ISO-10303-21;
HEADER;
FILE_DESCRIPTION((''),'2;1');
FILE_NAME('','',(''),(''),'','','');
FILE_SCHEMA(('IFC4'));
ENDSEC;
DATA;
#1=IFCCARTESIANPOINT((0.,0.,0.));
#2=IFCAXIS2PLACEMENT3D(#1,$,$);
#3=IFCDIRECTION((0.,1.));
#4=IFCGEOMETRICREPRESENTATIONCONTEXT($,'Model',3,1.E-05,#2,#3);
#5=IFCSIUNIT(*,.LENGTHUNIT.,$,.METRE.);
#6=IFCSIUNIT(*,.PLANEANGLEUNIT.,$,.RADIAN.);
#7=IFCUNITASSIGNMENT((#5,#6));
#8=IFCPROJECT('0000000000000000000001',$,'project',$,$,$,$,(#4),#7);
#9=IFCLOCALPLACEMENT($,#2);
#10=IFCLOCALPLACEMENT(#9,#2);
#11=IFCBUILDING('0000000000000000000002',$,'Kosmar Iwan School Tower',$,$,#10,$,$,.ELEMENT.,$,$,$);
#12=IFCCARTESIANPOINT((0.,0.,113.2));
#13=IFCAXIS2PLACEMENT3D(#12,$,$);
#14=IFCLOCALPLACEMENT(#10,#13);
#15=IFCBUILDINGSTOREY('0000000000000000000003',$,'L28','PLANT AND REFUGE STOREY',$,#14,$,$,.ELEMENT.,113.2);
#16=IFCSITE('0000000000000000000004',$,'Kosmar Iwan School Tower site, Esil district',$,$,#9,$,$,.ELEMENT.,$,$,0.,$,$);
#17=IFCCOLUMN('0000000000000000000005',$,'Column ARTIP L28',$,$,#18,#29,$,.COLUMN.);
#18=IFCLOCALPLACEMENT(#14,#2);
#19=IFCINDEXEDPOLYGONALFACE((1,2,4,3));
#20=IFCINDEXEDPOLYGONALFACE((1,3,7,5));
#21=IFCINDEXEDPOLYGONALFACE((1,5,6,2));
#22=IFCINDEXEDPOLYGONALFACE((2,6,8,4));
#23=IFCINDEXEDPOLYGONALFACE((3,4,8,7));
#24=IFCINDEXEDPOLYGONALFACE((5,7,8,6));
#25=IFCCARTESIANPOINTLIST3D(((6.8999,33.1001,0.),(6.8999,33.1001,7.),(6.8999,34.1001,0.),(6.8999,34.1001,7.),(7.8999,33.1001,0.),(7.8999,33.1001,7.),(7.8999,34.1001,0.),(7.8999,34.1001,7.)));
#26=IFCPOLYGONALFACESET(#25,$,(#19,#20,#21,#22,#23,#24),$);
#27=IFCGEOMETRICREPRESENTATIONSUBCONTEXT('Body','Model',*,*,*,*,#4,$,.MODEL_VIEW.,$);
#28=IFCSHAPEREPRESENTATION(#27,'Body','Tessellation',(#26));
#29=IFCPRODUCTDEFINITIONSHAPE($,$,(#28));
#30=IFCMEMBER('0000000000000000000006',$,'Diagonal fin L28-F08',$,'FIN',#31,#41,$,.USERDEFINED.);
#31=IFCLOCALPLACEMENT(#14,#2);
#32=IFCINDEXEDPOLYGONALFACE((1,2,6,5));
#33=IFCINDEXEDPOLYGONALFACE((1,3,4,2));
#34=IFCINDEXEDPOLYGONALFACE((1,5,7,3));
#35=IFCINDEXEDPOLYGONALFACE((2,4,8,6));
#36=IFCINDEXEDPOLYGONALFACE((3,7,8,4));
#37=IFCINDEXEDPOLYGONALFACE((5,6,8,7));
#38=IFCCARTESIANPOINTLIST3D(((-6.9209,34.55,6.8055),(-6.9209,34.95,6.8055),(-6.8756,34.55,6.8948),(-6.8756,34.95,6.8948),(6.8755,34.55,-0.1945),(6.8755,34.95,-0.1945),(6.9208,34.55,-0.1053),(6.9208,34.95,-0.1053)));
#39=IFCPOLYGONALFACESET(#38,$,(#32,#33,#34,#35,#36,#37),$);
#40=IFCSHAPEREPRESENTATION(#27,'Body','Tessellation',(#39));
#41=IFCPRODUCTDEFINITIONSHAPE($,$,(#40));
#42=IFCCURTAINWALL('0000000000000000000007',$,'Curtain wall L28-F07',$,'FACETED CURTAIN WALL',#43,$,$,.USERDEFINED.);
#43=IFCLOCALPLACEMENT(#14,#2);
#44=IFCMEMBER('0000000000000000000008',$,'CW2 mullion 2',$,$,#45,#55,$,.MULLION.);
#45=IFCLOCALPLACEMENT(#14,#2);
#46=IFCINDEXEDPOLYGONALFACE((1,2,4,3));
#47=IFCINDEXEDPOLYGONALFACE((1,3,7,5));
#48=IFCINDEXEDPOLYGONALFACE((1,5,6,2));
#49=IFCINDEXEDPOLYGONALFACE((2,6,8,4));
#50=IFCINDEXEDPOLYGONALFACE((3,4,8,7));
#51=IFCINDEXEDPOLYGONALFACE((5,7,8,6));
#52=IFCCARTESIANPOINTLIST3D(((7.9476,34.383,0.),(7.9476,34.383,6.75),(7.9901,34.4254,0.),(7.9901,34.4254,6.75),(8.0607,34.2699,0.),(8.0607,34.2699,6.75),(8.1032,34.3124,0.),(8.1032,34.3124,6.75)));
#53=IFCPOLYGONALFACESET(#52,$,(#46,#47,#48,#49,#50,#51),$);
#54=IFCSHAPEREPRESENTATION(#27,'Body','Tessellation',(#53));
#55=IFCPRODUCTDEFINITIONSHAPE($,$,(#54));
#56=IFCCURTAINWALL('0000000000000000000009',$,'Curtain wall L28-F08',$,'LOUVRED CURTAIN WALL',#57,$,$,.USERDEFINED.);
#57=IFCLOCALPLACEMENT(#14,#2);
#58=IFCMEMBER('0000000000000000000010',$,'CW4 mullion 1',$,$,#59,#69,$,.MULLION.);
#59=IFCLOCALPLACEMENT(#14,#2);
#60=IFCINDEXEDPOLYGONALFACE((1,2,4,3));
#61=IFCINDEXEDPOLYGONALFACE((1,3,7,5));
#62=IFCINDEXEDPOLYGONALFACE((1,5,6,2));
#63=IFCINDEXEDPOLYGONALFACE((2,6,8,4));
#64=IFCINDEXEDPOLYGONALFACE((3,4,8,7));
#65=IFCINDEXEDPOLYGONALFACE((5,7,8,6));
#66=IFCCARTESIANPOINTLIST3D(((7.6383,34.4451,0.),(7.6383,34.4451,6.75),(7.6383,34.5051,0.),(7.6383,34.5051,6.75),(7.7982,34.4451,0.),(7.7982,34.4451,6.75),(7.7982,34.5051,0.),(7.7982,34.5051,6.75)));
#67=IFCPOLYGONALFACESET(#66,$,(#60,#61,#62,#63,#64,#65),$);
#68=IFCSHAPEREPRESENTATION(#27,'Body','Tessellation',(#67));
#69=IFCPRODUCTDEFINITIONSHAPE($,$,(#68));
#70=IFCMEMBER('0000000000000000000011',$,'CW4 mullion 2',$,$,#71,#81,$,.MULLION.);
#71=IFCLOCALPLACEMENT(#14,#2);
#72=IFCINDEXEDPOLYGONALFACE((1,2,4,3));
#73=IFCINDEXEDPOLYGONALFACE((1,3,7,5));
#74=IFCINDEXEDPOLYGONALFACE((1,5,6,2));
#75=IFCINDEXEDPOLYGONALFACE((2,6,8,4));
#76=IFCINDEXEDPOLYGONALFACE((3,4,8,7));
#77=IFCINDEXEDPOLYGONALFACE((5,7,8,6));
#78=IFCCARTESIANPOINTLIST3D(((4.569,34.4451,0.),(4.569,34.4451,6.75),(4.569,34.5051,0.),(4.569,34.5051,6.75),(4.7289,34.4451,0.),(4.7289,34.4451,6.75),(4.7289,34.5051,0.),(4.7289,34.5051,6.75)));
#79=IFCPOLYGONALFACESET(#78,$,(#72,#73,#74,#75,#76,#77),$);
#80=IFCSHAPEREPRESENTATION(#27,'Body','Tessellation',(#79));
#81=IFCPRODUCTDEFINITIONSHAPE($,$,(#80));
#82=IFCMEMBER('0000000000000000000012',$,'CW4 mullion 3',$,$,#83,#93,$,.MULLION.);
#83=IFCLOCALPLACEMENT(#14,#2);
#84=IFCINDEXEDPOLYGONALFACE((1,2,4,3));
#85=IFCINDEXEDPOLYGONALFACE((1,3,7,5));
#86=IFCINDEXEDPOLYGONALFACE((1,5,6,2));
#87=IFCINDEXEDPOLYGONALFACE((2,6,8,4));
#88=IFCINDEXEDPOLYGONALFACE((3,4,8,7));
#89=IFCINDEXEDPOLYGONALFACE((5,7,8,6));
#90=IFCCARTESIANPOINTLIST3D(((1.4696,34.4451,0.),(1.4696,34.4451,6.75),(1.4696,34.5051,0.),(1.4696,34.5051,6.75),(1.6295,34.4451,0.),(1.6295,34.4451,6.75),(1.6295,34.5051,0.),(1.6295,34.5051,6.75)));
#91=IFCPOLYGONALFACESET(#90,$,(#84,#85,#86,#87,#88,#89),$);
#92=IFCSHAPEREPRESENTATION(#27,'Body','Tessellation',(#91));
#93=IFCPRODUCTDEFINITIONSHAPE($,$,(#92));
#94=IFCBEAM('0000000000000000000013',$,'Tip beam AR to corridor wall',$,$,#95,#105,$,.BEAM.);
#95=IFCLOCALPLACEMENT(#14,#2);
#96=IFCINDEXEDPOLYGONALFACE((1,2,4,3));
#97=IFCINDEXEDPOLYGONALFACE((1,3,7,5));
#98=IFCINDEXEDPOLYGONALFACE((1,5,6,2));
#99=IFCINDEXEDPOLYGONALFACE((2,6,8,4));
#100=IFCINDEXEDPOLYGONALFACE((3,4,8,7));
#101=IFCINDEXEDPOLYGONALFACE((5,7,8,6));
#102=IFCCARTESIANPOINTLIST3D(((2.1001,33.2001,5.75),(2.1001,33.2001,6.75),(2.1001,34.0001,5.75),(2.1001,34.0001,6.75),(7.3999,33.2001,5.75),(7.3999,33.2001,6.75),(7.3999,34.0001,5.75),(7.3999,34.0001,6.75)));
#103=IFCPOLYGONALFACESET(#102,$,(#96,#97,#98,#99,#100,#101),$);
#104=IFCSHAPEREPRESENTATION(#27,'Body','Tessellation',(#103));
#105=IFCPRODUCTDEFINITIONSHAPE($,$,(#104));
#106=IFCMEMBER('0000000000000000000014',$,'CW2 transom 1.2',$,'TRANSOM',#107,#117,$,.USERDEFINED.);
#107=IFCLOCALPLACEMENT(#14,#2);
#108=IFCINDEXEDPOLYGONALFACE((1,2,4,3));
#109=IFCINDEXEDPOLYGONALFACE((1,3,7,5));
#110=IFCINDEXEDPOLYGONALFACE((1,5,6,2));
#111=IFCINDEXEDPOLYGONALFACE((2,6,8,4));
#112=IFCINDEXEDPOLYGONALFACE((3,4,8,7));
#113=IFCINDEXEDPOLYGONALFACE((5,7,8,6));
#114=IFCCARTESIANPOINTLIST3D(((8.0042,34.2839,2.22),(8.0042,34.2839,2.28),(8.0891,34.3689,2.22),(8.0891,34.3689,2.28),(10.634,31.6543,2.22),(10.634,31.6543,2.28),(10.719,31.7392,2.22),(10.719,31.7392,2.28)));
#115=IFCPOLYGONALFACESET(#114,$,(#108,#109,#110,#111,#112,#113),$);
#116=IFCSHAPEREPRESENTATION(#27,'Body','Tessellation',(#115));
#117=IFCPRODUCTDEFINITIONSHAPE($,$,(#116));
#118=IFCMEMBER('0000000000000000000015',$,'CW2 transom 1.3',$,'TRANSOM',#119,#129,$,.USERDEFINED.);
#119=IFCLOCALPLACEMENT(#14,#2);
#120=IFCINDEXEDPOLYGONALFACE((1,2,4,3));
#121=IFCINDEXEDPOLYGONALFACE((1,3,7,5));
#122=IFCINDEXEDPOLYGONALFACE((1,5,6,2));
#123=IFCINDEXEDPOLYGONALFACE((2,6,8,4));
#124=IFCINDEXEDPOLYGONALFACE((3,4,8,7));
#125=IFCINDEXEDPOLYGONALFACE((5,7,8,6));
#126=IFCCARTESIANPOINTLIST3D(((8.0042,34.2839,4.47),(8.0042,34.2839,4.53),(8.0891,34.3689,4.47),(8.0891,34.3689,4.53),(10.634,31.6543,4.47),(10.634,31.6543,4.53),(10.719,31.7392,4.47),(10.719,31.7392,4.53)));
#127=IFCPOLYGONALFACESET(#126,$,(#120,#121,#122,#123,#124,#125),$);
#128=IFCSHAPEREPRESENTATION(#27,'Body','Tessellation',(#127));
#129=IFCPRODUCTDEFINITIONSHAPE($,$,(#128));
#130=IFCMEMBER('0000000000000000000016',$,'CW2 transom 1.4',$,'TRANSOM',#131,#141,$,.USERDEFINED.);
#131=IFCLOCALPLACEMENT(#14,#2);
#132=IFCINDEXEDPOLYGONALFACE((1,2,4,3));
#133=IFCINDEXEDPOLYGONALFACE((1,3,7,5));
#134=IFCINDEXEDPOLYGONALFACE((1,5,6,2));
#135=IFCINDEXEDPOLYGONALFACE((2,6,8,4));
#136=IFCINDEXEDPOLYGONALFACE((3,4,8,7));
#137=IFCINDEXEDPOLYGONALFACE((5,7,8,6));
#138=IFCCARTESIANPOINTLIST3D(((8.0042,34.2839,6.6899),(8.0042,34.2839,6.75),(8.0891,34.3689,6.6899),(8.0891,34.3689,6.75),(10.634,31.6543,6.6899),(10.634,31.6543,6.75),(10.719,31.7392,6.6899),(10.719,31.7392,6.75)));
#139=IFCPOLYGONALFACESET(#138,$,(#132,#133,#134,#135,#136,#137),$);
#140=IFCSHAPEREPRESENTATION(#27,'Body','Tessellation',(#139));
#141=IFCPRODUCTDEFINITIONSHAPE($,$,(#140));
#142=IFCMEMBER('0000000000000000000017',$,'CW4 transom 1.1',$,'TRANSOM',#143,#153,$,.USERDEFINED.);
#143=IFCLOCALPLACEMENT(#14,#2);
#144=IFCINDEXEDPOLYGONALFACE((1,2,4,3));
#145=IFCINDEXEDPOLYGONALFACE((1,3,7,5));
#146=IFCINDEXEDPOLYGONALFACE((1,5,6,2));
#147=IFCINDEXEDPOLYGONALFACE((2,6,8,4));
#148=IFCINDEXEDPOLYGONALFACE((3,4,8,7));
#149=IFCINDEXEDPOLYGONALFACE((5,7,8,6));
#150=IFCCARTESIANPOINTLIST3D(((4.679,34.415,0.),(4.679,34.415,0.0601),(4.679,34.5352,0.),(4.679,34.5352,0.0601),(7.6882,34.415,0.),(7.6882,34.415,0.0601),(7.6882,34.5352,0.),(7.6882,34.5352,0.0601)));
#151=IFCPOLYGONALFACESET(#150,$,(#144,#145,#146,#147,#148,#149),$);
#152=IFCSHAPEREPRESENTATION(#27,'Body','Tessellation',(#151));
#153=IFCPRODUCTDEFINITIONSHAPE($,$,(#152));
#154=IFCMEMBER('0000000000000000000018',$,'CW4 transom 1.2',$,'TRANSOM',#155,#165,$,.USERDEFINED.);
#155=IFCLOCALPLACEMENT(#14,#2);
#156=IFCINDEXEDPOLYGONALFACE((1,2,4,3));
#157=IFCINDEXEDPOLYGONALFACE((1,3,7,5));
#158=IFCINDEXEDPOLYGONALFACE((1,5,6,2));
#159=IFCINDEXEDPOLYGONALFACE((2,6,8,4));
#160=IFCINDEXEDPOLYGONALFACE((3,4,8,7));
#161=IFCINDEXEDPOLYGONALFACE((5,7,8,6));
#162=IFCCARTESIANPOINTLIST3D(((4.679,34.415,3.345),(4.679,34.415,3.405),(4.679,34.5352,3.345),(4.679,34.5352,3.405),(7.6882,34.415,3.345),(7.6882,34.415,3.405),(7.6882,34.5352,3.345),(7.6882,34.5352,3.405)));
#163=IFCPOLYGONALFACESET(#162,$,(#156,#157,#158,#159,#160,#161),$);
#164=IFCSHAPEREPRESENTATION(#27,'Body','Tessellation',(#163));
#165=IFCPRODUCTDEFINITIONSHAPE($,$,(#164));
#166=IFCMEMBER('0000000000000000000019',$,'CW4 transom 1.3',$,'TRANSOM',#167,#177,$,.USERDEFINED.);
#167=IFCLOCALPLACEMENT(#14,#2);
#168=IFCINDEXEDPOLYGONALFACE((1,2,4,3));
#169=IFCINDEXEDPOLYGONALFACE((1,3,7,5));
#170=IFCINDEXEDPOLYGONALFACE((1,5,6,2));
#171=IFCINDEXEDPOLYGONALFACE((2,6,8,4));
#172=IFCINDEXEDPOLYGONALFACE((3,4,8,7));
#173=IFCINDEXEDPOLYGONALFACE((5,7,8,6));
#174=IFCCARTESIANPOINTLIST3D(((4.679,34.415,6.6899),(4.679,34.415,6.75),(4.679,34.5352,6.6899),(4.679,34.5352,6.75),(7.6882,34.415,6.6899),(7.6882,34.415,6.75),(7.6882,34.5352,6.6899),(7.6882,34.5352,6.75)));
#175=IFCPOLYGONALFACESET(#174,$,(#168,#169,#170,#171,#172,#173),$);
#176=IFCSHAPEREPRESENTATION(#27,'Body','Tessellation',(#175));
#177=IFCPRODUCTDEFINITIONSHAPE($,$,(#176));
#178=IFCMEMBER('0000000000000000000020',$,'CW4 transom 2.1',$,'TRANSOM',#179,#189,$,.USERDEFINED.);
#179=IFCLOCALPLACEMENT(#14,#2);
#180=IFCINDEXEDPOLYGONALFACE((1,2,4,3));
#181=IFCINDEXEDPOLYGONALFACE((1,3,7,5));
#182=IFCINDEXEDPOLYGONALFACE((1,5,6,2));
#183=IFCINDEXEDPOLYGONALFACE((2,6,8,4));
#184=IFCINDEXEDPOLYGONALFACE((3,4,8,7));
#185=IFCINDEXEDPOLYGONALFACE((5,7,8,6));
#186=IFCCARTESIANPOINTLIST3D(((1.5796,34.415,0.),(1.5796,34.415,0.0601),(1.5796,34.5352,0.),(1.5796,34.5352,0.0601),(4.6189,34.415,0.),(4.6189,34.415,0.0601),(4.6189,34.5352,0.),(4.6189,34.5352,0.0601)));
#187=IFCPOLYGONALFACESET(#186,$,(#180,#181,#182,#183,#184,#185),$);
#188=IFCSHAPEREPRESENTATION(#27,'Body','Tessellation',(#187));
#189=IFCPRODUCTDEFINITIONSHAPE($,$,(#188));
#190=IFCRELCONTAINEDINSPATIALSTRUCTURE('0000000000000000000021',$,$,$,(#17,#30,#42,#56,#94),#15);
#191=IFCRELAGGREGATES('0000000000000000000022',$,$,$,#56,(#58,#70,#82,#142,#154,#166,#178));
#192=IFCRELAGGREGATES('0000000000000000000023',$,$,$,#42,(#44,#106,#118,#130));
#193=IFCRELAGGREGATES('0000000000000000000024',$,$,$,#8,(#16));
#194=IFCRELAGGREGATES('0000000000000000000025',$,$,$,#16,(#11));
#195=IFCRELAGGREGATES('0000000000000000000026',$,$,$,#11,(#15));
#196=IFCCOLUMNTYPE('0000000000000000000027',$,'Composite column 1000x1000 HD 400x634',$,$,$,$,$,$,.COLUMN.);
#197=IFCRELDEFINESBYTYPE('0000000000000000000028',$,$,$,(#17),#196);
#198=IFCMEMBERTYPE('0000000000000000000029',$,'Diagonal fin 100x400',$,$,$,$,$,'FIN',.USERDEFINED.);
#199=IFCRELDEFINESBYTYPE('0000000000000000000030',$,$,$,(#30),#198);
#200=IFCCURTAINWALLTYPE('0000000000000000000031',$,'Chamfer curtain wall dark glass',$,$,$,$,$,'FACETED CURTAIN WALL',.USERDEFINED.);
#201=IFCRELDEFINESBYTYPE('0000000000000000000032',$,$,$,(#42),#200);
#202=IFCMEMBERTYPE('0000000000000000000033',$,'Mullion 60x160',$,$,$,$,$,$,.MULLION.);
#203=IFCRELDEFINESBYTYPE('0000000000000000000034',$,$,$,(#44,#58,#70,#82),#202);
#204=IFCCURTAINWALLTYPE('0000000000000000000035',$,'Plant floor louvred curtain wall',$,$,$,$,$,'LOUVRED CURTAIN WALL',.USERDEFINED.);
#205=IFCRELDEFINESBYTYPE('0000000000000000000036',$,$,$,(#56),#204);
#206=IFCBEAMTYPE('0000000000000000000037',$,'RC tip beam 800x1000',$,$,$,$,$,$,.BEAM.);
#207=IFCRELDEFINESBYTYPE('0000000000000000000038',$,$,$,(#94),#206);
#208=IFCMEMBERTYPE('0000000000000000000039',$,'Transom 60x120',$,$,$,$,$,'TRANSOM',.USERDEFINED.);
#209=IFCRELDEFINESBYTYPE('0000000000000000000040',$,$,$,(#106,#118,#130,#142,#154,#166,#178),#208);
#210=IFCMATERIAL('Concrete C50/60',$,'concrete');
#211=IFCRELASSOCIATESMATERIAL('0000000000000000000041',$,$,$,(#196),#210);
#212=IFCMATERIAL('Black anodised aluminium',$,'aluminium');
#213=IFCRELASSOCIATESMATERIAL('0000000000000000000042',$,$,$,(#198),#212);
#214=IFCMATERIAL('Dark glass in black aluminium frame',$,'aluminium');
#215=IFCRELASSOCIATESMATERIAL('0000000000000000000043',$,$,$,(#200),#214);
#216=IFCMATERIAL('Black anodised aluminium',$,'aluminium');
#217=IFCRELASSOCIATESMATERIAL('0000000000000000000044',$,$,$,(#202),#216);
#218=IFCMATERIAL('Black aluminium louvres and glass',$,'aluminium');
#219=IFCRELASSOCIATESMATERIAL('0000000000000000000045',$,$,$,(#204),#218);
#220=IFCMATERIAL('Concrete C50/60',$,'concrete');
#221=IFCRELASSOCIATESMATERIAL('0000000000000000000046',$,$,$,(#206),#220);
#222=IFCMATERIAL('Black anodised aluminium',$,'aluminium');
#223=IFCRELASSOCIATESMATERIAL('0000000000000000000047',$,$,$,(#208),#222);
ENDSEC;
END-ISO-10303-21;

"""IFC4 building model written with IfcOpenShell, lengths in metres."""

from ifc_helpers import new_model, si_unit, direction, frame, origin, origin_2d, place, context, subcontext, project, spatial, rectangle, extrude, material, material_profile, profile_set, type_object, element, aggregate, save


model = new_model("IFC4")

# Units and contexts
model_context = context("Model", 3, precision=1e-05, world=origin(), true_north=direction((0.0, 1.0)))
body_context = subcontext(model_context, "Body", "Model", "MODEL_VIEW")
ifc_project = project(units=[si_unit("LENGTHUNIT", "METRE"), si_unit("PLANEANGLEUNIT", "RADIAN")], contexts=[model_context])

# Site, building, storey
site_placement = place(None, origin())
site = spatial("IfcSite", under=ifc_project, at=site_placement, Name="Kosmar Iwan School Tower site, Esil district", CompositionType="ELEMENT", RefElevation=0.0)
building_placement = place(site_placement, origin())
building = spatial("IfcBuilding", under=site, at=building_placement, Name="Kosmar Iwan School Tower", CompositionType="ELEMENT")
storey_placement = place(building_placement, frame((0.0, 0.0, 113.2)))
storey = spatial("IfcBuildingStorey", under=building, at=storey_placement, Name="L28", Description="PLANT AND REFUGE STOREY", CompositionType="ELEMENT", Elevation=113.2)

# Column
ifc_material_1 = material(Name="Concrete C50/60", Category="concrete")
ifc_material_profile_1 = material_profile(ifc_material_1, rectangle(XDim=1.0, YDim=1.0, at=origin_2d()), Name="RC 1000x1000 + HD 400x634")
ifc_profile_set_1 = profile_set([ifc_material_profile_1], Name="Concrete C50/60")
column_type = type_object("IfcColumnType", Name="Composite column 1000x1000 HD 400x634", PredefinedType="COLUMN", material=ifc_profile_set_1)
column_placement = place(storey_placement, frame((7.3999, 33.6001, 0.0), z_axis=(0.0, 0.0, 1.0), x_axis=(0.0, 1.0, 0.0)))
element("IfcColumn", 1, at=column_placement, inside=storey, type_object=column_type, Name="Column ARTIP L28", PredefinedType="COLUMN", context=body_context, shape_type="SweptSolid", body=[
    extrude(rectangle(XDim=1.0, YDim=1.0, at=origin_2d()), origin(), (0.0, 0.0, 1.0), 7.0),
])

# Member
ifc_material_2 = material(Name="Black anodised aluminium", Category="aluminium")
ifc_material_profile_2 = material_profile(ifc_material_2, rectangle(XDim=0.1001, YDim=0.3999, at=origin_2d()), Name="FIN 100x400")
ifc_profile_set_2 = profile_set([ifc_material_profile_2], Name="Black anodised aluminium")
member_type_1 = type_object("IfcMemberType", Name="Diagonal fin 100x400", ElementType="FIN", PredefinedType="USERDEFINED", material=ifc_profile_set_2)
member_1_placement = place(storey_placement, frame((6.8982, 34.75, -0.1499), z_axis=(-0.891779, 0.0, 0.45247), x_axis=(0.45247, 0.0, 0.891779)))
element("IfcMember", 2, at=member_1_placement, inside=storey, type_object=member_type_1, Name="Diagonal fin L28-F08", ObjectType="FIN", PredefinedType="USERDEFINED", context=body_context, shape_type="SweptSolid", body=[
    extrude(rectangle(XDim=0.1001, YDim=0.3999, at=origin_2d()), origin(), (0.0, 0.0, 1.0), 15.4707),
])

# Curtain wall, member
ifc_material_3 = material(Name="Dark glass in black aluminium frame", Category="aluminium")
curtain_wall_type_1 = type_object("IfcCurtainWallType", Name="Chamfer curtain wall dark glass", ElementType="FACETED CURTAIN WALL", PredefinedType="USERDEFINED", material=ifc_material_3)
curtain_wall_1_placement = place(storey_placement, origin())
curtain_wall_1 = element("IfcCurtainWall", 3, at=curtain_wall_1_placement, inside=storey, type_object=curtain_wall_type_1, Name="Curtain wall L28-F07", ObjectType="FACETED CURTAIN WALL", PredefinedType="USERDEFINED")
ifc_material_4 = material(Name="Black anodised aluminium", Category="aluminium")
ifc_material_profile_3 = material_profile(ifc_material_4, rectangle(XDim=0.0601, YDim=0.1599, at=origin_2d()), Name="MULLION 60x160")
ifc_profile_set_3 = profile_set([ifc_material_profile_3], Name="Black anodised aluminium")
member_type_2 = type_object("IfcMemberType", Name="Mullion 60x160", PredefinedType="MULLION", material=ifc_profile_set_3)
member_2_placement = place(storey_placement, frame((8.0254, 34.3477, 0.0), z_axis=(0.0, 0.0, 1.0), x_axis=(-0.707107, -0.707107, 0.0)))
member_2 = element("IfcMember", 4, at=member_2_placement, type_object=member_type_2, Name="CW2 mullion 2", PredefinedType="MULLION", context=body_context, shape_type="SweptSolid", body=[
    extrude(rectangle(XDim=0.0601, YDim=0.1599, at=origin_2d()), origin(), (0.0, 0.0, 1.0), 6.75),
])

# Curtain wall, members
ifc_material_5 = material(Name="Black aluminium louvres and glass", Category="aluminium")
curtain_wall_type_2 = type_object("IfcCurtainWallType", Name="Plant floor louvred curtain wall", ElementType="LOUVRED CURTAIN WALL", PredefinedType="USERDEFINED", material=ifc_material_5)
curtain_wall_2_placement = place(storey_placement, origin())
curtain_wall_2 = element("IfcCurtainWall", 5, at=curtain_wall_2_placement, inside=storey, type_object=curtain_wall_type_2, Name="Curtain wall L28-F08", ObjectType="LOUVRED CURTAIN WALL", PredefinedType="USERDEFINED")
member_3_placement = place(storey_placement, frame((7.7183, 34.4751, 0.0), z_axis=(0.0, 0.0, 1.0), x_axis=(0.0, -1.0, 0.0)))
member_3 = element("IfcMember", 6, at=member_3_placement, type_object=member_type_2, Name="CW4 mullion 1", PredefinedType="MULLION", context=body_context, shape_type="SweptSolid", body=[
    extrude(rectangle(XDim=0.0601, YDim=0.1599, at=origin_2d()), origin(), (0.0, 0.0, 1.0), 6.75),
])
member_4_placement = place(storey_placement, frame((4.6489, 34.4751, 0.0), z_axis=(0.0, 0.0, 1.0), x_axis=(0.0, -1.0, 0.0)))
member_4 = element("IfcMember", 7, at=member_4_placement, type_object=member_type_2, Name="CW4 mullion 2", PredefinedType="MULLION", context=body_context, shape_type="SweptSolid", body=[
    extrude(rectangle(XDim=0.0601, YDim=0.1599, at=origin_2d()), origin(), (0.0, 0.0, 1.0), 6.75),
])
member_5_placement = place(storey_placement, frame((1.5496, 34.4751, 0.0), z_axis=(0.0, 0.0, 1.0), x_axis=(0.0, -1.0, 0.0)))
member_5 = element("IfcMember", 8, at=member_5_placement, type_object=member_type_2, Name="CW4 mullion 3", PredefinedType="MULLION", context=body_context, shape_type="SweptSolid", body=[
    extrude(rectangle(XDim=0.0601, YDim=0.1599, at=origin_2d()), origin(), (0.0, 0.0, 1.0), 6.75),
])

# Beam
ifc_material_6 = material(Name="Concrete C50/60", Category="concrete")
ifc_material_profile_4 = material_profile(ifc_material_6, rectangle(XDim=0.8, YDim=1.0, at=origin_2d()), Name="RC 800x1000")
ifc_profile_set_4 = profile_set([ifc_material_profile_4], Name="Concrete C50/60")
beam_type = type_object("IfcBeamType", Name="RC tip beam 800x1000", PredefinedType="BEAM", material=ifc_profile_set_4)
beam_placement = place(storey_placement, frame((7.3999, 33.6001, 6.25), z_axis=(-1.0, 0.0, 0.0), x_axis=(0.0, -1.0, 0.0)))
element("IfcBeam", 9, at=beam_placement, inside=storey, type_object=beam_type, Name="Tip beam AR to corridor wall", PredefinedType="BEAM", context=body_context, shape_type="SweptSolid", body=[
    extrude(rectangle(XDim=0.8, YDim=1.0, at=origin_2d()), origin(), (0.0, 0.0, 1.0), 5.2998),
])

# Members
ifc_material_7 = material(Name="Black anodised aluminium", Category="aluminium")
ifc_material_profile_5 = material_profile(ifc_material_7, rectangle(XDim=0.1201, YDim=0.0601, at=origin_2d()), Name="TRANSOM 60x120")
ifc_profile_set_5 = profile_set([ifc_material_profile_5], Name="Black anodised aluminium")
member_type_3 = type_object("IfcMemberType", Name="Transom 60x120", ElementType="TRANSOM", PredefinedType="USERDEFINED", material=ifc_profile_set_5)
member_6_placement = place(storey_placement, frame((10.6765, 31.6968, 2.25), z_axis=(-0.70714, 0.707074, 0.0), x_axis=(-0.707074, -0.70714, 0.0)))
member_6 = element("IfcMember", 10, at=member_6_placement, type_object=member_type_3, Name="CW2 transom 1.2", ObjectType="TRANSOM", PredefinedType="USERDEFINED", context=body_context, shape_type="SweptSolid", body=[
    extrude(rectangle(XDim=0.1201, YDim=0.0601, at=origin_2d()), origin(), (0.0, 0.0, 1.0), 3.719),
])
member_7_placement = place(storey_placement, frame((10.6765, 31.6968, 4.5), z_axis=(-0.70714, 0.707074, 0.0), x_axis=(-0.707074, -0.70714, 0.0)))
member_7 = element("IfcMember", 11, at=member_7_placement, type_object=member_type_3, Name="CW2 transom 1.3", ObjectType="TRANSOM", PredefinedType="USERDEFINED", context=body_context, shape_type="SweptSolid", body=[
    extrude(rectangle(XDim=0.1201, YDim=0.0601, at=origin_2d()), origin(), (0.0, 0.0, 1.0), 3.719),
])
member_8_placement = place(storey_placement, frame((10.6765, 31.6968, 6.72), z_axis=(-0.70714, 0.707074, 0.0), x_axis=(-0.707074, -0.70714, 0.0)))
member_8 = element("IfcMember", 12, at=member_8_placement, type_object=member_type_3, Name="CW2 transom 1.4", ObjectType="TRANSOM", PredefinedType="USERDEFINED", context=body_context, shape_type="SweptSolid", body=[
    extrude(rectangle(XDim=0.1201, YDim=0.0601, at=origin_2d()), origin(), (0.0, 0.0, 1.0), 3.719),
])
member_9_placement = place(storey_placement, frame((7.6882, 34.4751, 0.03), z_axis=(-1.0, 0.0, 0.0), x_axis=(0.0, -1.0, 0.0)))
member_9 = element("IfcMember", 13, at=member_9_placement, type_object=member_type_3, Name="CW4 transom 1.1", ObjectType="TRANSOM", PredefinedType="USERDEFINED", context=body_context, shape_type="SweptSolid", body=[
    extrude(rectangle(XDim=0.1201, YDim=0.0601, at=origin_2d()), origin(), (0.0, 0.0, 1.0), 3.0093),
])
member_10_placement = place(storey_placement, frame((7.6882, 34.4751, 3.375), z_axis=(-1.0, 0.0, 0.0), x_axis=(0.0, -1.0, 0.0)))
member_10 = element("IfcMember", 14, at=member_10_placement, type_object=member_type_3, Name="CW4 transom 1.2", ObjectType="TRANSOM", PredefinedType="USERDEFINED", context=body_context, shape_type="SweptSolid", body=[
    extrude(rectangle(XDim=0.1201, YDim=0.0601, at=origin_2d()), origin(), (0.0, 0.0, 1.0), 3.0093),
])
member_11_placement = place(storey_placement, frame((7.6882, 34.4751, 6.72), z_axis=(-1.0, 0.0, 0.0), x_axis=(0.0, -1.0, 0.0)))
member_11 = element("IfcMember", 15, at=member_11_placement, type_object=member_type_3, Name="CW4 transom 1.3", ObjectType="TRANSOM", PredefinedType="USERDEFINED", context=body_context, shape_type="SweptSolid", body=[
    extrude(rectangle(XDim=0.1201, YDim=0.0601, at=origin_2d()), origin(), (0.0, 0.0, 1.0), 3.0093),
])
member_12_placement = place(storey_placement, frame((4.6189, 34.4751, 0.03), z_axis=(-1.0, 0.0, 0.0), x_axis=(0.0, -1.0, 0.0)))
member_12 = element("IfcMember", 16, at=member_12_placement, type_object=member_type_3, Name="CW4 transom 2.1", ObjectType="TRANSOM", PredefinedType="USERDEFINED", context=body_context, shape_type="SweptSolid", body=[
    extrude(rectangle(XDim=0.1201, YDim=0.0601, at=origin_2d()), origin(), (0.0, 0.0, 1.0), 3.0393),
])

aggregate(curtain_wall_2, [member_3, member_4, member_5, member_9, member_10, member_11, member_12])
aggregate(curtain_wall_1, [member_2, member_6, member_7, member_8])

save(model, "model.ifc")
